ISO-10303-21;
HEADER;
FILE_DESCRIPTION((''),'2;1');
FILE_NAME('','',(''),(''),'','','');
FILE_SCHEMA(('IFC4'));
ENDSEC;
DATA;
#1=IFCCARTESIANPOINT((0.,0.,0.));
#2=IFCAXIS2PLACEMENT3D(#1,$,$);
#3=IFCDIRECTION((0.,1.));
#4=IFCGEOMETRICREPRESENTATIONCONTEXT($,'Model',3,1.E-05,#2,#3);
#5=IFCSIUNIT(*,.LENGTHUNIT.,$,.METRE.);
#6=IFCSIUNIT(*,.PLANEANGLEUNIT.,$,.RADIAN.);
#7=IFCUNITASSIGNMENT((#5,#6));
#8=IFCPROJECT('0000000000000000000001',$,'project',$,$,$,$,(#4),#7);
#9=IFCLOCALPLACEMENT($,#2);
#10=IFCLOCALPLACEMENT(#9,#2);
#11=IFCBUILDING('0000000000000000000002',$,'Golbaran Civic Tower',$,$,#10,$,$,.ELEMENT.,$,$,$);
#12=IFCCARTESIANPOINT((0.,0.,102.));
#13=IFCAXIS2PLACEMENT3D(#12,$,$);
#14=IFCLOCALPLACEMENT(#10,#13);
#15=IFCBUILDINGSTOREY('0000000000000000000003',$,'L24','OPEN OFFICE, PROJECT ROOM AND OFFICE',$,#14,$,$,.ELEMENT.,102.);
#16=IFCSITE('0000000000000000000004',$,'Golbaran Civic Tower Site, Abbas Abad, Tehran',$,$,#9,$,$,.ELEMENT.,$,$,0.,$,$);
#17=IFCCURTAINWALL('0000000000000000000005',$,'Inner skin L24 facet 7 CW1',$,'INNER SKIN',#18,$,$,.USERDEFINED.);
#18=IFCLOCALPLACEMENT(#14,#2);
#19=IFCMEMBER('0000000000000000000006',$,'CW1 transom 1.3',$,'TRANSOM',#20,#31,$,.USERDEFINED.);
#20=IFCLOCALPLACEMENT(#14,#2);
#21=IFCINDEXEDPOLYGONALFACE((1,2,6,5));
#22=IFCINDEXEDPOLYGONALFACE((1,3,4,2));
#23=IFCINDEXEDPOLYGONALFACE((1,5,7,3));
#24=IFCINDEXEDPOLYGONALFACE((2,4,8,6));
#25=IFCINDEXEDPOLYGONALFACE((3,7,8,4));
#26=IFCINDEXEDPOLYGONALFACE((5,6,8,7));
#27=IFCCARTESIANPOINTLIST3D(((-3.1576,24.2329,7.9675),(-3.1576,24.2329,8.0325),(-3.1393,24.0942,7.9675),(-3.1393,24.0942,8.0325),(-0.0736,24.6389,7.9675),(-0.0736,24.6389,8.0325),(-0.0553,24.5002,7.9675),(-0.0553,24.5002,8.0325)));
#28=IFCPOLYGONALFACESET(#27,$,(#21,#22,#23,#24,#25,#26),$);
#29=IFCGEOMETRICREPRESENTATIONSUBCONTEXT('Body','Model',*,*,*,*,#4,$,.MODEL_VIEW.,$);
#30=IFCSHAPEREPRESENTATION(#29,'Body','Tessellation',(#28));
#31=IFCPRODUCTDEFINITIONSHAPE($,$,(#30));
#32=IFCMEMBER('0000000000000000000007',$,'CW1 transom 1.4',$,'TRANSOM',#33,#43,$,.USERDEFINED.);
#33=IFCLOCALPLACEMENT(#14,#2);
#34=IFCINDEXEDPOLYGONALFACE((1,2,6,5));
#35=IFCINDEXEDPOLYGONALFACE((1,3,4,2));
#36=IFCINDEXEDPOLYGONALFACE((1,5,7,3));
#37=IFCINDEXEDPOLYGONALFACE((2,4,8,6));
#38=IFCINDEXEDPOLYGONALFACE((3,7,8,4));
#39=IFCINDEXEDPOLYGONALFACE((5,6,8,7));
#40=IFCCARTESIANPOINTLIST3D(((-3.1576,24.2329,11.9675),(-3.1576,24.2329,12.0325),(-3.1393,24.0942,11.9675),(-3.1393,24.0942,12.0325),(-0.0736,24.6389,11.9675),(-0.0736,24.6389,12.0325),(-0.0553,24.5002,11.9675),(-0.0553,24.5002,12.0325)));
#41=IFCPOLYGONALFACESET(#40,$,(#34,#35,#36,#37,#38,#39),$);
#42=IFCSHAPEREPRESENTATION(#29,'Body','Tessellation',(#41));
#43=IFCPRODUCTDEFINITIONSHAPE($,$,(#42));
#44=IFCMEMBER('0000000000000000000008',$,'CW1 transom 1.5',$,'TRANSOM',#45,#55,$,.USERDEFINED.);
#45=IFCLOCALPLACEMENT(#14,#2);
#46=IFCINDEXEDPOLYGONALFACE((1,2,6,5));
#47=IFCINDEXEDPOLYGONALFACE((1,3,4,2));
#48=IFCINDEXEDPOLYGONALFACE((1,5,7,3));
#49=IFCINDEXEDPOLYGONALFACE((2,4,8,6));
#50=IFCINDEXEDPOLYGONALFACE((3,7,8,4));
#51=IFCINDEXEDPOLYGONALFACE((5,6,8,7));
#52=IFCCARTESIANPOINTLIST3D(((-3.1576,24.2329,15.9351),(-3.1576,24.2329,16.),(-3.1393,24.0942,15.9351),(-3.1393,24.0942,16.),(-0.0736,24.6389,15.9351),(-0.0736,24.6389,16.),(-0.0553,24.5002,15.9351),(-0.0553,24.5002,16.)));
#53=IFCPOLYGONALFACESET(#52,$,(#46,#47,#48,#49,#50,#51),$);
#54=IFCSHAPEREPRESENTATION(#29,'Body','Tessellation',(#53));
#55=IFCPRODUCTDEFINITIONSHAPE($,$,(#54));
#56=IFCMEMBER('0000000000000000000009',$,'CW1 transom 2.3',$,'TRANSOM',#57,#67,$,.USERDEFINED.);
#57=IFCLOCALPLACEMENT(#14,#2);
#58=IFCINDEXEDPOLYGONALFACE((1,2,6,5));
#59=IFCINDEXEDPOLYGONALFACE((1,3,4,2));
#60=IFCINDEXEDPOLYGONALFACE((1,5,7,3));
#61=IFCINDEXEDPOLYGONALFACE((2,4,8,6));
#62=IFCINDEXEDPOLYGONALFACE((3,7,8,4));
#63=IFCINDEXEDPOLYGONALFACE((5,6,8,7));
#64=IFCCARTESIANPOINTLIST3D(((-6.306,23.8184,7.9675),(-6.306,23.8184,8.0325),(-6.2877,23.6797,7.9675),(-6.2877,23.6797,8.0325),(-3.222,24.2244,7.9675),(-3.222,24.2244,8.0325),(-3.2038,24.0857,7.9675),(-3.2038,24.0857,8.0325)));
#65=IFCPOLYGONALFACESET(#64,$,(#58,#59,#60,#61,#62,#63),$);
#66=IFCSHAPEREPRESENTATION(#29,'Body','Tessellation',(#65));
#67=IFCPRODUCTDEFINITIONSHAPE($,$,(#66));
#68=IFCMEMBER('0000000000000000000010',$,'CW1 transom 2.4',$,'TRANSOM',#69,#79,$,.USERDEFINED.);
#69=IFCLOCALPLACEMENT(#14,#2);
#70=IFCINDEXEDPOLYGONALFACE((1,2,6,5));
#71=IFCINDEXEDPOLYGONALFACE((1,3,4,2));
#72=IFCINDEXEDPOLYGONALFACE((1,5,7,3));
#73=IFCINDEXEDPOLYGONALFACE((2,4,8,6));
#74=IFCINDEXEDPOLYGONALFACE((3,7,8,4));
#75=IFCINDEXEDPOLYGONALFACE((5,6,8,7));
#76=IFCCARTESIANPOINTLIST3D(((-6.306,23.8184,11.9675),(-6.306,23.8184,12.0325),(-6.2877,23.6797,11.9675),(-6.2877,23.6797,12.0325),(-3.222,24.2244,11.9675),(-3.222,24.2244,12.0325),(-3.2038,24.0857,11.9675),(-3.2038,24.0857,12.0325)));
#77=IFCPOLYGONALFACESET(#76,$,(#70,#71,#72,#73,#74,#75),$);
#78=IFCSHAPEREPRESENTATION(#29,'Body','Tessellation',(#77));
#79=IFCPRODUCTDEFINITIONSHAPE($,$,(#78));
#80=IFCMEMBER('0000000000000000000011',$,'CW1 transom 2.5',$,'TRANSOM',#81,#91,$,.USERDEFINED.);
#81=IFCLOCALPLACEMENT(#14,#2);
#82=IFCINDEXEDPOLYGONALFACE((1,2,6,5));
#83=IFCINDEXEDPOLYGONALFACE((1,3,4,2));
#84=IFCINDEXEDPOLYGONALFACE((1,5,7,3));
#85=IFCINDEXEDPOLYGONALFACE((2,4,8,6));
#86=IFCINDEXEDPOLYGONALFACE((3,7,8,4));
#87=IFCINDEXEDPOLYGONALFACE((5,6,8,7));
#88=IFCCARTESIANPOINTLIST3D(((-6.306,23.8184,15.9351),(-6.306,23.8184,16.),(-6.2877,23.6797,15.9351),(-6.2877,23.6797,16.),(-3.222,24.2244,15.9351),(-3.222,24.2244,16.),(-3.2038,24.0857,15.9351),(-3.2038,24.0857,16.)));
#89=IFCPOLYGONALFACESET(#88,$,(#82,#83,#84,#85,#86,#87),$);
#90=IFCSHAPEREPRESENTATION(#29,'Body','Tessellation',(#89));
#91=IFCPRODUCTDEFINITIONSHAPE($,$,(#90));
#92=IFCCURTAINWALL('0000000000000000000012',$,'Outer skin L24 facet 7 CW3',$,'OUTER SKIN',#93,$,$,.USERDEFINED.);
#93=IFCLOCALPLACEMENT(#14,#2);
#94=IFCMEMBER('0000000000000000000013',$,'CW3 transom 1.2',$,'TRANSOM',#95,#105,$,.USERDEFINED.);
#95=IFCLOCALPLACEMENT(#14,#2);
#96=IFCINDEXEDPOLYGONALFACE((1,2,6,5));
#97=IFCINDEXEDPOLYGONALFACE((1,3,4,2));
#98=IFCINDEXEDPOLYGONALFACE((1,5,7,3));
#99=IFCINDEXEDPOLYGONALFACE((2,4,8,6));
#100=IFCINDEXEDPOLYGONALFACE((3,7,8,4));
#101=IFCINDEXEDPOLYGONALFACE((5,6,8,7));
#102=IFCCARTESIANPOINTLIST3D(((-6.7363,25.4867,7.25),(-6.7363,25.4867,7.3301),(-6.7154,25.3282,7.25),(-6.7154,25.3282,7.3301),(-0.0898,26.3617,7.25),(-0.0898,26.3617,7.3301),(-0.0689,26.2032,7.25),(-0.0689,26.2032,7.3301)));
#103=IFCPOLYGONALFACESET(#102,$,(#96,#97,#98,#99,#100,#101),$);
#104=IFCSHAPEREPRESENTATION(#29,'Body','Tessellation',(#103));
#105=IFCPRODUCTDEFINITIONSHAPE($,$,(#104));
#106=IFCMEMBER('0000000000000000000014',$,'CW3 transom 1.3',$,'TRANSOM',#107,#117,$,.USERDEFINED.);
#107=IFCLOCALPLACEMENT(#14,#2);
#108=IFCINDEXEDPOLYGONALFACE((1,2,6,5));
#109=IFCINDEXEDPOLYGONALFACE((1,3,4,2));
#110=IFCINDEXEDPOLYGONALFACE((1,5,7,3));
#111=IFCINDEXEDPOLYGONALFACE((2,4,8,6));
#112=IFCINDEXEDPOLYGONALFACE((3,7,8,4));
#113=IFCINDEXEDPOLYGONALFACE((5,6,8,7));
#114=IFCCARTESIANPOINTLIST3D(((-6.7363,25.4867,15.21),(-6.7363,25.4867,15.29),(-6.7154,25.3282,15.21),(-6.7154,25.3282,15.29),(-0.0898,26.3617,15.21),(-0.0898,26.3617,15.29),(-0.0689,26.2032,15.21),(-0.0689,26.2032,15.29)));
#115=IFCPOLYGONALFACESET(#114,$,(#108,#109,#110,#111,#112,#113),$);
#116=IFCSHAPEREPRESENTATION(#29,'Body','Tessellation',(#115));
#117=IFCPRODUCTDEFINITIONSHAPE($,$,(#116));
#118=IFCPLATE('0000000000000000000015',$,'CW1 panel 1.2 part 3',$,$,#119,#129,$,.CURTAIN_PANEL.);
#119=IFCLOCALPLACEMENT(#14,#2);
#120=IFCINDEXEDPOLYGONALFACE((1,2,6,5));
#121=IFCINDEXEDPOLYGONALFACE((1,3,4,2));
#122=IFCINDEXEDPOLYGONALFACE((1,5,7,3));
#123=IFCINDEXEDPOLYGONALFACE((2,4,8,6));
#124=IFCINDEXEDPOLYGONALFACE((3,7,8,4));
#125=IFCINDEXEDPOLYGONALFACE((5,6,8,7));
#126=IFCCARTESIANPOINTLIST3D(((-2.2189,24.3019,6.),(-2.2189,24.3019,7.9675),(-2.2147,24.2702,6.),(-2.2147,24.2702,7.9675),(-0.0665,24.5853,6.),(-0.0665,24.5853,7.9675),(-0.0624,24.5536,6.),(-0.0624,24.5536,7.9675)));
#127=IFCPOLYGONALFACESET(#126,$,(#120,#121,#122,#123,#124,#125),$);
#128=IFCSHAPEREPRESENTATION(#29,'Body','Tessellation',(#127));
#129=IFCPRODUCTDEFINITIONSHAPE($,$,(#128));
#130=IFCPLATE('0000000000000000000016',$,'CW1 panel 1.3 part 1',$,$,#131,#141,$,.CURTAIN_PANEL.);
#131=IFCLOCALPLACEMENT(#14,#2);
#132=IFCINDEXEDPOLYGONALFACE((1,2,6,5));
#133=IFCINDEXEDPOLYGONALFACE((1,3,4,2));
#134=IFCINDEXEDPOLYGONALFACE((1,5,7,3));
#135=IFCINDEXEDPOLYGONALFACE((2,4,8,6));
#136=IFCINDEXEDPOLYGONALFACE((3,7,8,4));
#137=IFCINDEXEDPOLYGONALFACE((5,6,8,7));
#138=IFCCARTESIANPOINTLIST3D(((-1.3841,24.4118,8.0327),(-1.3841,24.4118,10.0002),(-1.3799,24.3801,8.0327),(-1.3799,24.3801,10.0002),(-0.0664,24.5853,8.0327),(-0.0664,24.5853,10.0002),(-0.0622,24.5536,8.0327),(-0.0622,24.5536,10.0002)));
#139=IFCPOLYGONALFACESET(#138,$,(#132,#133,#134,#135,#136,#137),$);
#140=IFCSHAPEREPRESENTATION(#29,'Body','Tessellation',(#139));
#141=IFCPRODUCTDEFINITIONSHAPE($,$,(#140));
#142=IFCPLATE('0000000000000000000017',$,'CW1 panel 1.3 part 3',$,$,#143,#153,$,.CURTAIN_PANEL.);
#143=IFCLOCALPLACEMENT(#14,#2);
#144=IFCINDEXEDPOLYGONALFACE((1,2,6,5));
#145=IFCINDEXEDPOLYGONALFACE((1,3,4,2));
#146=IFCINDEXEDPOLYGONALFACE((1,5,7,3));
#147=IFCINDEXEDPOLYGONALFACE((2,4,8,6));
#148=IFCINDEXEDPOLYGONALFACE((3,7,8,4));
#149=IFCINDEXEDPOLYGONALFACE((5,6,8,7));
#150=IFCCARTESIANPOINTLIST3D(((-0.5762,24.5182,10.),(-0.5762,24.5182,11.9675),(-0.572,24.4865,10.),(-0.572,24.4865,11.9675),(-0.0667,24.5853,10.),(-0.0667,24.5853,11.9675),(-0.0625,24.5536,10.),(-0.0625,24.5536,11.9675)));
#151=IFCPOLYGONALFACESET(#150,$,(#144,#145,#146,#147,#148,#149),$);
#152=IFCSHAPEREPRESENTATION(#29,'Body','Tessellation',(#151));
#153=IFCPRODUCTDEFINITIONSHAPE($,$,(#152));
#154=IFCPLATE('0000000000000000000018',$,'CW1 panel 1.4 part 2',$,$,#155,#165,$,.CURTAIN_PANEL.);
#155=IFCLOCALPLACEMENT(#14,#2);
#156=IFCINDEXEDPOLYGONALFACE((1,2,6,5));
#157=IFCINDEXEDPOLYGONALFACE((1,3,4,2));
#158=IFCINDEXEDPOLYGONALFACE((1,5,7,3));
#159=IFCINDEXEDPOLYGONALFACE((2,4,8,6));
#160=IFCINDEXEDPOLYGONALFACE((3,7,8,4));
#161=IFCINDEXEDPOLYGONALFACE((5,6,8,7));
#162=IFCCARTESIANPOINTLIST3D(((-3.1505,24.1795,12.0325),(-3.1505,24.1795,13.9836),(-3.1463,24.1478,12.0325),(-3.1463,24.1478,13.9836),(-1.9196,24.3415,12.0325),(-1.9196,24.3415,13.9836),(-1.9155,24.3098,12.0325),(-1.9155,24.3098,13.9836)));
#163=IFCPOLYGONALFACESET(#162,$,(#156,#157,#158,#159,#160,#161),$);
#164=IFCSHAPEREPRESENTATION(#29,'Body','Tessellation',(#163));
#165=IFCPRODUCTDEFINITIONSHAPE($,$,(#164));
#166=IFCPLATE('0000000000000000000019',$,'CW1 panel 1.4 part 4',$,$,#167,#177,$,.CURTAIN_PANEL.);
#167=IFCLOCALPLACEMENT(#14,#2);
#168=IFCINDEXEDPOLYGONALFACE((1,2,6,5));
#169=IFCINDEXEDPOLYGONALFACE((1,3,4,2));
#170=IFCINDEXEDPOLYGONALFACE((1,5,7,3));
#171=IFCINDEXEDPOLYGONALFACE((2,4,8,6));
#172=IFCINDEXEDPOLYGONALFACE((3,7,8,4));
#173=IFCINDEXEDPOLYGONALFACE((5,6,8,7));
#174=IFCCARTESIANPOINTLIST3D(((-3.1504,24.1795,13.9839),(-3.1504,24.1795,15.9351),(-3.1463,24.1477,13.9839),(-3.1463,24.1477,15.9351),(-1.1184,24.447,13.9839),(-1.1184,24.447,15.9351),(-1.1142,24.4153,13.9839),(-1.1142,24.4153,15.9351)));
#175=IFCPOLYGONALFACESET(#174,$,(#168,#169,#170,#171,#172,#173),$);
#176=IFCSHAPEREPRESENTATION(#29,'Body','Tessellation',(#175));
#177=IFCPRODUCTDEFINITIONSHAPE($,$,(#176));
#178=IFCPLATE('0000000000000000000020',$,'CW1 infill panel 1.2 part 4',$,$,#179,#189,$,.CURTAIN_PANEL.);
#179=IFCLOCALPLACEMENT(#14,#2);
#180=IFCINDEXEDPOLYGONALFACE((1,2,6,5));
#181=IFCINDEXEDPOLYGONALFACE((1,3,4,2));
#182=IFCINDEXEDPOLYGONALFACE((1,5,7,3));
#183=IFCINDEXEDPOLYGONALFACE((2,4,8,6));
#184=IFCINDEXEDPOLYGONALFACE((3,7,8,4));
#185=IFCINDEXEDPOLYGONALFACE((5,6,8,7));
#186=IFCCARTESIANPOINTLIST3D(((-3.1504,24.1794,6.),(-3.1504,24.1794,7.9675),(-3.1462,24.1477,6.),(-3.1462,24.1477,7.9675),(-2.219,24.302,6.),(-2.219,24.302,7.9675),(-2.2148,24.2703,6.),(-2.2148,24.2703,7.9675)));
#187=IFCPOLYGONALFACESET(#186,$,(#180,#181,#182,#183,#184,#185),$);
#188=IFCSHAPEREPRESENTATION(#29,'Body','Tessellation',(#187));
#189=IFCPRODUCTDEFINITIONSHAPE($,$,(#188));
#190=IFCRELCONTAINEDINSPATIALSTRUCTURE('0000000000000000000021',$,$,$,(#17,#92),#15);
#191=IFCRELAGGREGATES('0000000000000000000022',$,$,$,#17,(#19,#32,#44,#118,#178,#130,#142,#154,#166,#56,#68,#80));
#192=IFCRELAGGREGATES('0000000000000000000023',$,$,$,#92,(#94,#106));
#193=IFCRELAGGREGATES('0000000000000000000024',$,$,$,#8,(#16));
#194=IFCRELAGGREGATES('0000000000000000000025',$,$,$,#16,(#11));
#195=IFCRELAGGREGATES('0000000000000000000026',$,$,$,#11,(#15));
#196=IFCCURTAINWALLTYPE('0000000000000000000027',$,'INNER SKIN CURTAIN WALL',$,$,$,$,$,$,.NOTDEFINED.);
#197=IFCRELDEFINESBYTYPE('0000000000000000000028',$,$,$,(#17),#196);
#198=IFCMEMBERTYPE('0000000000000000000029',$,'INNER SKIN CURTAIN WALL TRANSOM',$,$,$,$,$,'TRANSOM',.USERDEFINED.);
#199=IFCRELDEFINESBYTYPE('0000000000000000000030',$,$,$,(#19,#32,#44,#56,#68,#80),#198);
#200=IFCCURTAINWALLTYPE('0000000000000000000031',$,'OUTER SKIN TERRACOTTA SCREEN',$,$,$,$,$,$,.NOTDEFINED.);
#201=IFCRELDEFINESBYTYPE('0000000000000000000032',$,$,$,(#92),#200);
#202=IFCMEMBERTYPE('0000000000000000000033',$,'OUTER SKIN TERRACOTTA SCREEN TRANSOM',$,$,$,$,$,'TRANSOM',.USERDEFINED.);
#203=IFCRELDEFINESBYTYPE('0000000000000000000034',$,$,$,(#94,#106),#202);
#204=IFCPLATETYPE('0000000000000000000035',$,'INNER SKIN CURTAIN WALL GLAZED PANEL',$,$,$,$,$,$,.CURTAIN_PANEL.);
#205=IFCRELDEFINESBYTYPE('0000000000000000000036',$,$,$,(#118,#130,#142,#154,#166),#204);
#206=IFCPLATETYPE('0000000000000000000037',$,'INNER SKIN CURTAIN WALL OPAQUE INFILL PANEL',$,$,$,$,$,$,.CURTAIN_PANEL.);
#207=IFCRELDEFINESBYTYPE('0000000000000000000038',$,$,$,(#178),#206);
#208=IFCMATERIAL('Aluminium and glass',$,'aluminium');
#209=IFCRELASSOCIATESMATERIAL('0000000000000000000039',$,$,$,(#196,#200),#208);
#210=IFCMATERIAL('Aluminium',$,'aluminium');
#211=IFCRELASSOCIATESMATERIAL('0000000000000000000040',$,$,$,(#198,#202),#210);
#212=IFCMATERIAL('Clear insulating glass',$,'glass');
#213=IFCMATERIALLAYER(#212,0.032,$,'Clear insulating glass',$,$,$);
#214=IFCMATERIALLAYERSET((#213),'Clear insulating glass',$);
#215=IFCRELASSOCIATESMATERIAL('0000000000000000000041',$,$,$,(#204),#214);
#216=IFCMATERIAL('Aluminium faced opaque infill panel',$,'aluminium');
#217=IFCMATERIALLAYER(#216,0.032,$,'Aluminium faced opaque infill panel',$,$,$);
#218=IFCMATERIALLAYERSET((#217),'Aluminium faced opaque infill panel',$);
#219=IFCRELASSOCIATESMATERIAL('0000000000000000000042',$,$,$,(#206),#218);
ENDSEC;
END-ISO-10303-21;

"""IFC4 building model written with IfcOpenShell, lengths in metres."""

from ifc_helpers import new_model, si_unit, direction, frame, origin, origin_2d, place, context, subcontext, project, spatial, rectangle, extrude, material, layer, layer_set, material_profile, profile_set, type_object, element, aggregate, save


model = new_model("IFC4")

# Units and contexts
model_context = context("Model", 3, precision=1e-05, world=origin(), true_north=direction((0.0, 1.0)))
body_context = subcontext(model_context, "Body", "Model", "MODEL_VIEW")
ifc_project = project(units=[si_unit("LENGTHUNIT", "METRE"), si_unit("PLANEANGLEUNIT", "RADIAN")], contexts=[model_context])

# Site, building, storey
site_placement = place(None, origin())
site = spatial("IfcSite", under=ifc_project, at=site_placement, Name="Golbaran Civic Tower Site, Abbas Abad, Tehran", CompositionType="ELEMENT", RefElevation=0.0)
building_placement = place(site_placement, origin())
building = spatial("IfcBuilding", under=site, at=building_placement, Name="Golbaran Civic Tower", CompositionType="ELEMENT")
storey_placement = place(building_placement, frame((0.0, 0.0, 102.0)))
storey = spatial("IfcBuildingStorey", under=building, at=storey_placement, Name="L24", Description="OPEN OFFICE, PROJECT ROOM AND OFFICE", CompositionType="ELEMENT", Elevation=102.0)

# Curtain walls, members
ifc_material_1 = material(Name="Aluminium and glass", Category="aluminium")
curtain_wall_type_1 = type_object("IfcCurtainWallType", Name="INNER SKIN CURTAIN WALL", PredefinedType="NOTDEFINED", material=ifc_material_1)
curtain_wall_1_placement = place(storey_placement, origin())
curtain_wall_1 = element("IfcCurtainWall", 1, at=curtain_wall_1_placement, inside=storey, type_object=curtain_wall_type_1, Name="Inner skin L24 facet 7 CW1", ObjectType="INNER SKIN", PredefinedType="USERDEFINED")
ifc_material_2 = material(Name="Aluminium", Category="aluminium")
ifc_material_profile_1 = material_profile(ifc_material_2, rectangle(XDim=0.1399, YDim=0.0649, at=origin_2d()), Name="INNER SKIN CURTAIN WALL TRANSOM")
ifc_profile_set_1 = profile_set([ifc_material_profile_1], Name="Aluminium")
member_type_1 = type_object("IfcMemberType", Name="INNER SKIN CURTAIN WALL TRANSOM", ElementType="TRANSOM", PredefinedType="USERDEFINED", material=ifc_profile_set_1)
member_1_placement = place(storey_placement, frame((-0.0645, 24.5696, 8.0), z_axis=(-0.991445, -0.130524, 0.0), x_axis=(0.130524, -0.991445, 0.0)))
member_1 = element("IfcMember", 2, at=member_1_placement, type_object=member_type_1, Name="CW1 transom 1.3", ObjectType="TRANSOM", PredefinedType="USERDEFINED", context=body_context, shape_type="SweptSolid", body=[
    extrude(rectangle(XDim=0.1399, YDim=0.0649, at=origin_2d()), origin(), (0.0, 0.0, 1.0), 3.1106),
])
member_2_placement = place(storey_placement, frame((-0.0645, 24.5696, 12.0), z_axis=(-0.991445, -0.130524, 0.0), x_axis=(0.130524, -0.991445, 0.0)))
member_2 = element("IfcMember", 3, at=member_2_placement, type_object=member_type_1, Name="CW1 transom 1.4", ObjectType="TRANSOM", PredefinedType="USERDEFINED", context=body_context, shape_type="SweptSolid", body=[
    extrude(rectangle(XDim=0.1399, YDim=0.0649, at=origin_2d()), origin(), (0.0, 0.0, 1.0), 3.1106),
])
member_3_placement = place(storey_placement, frame((-0.0645, 24.5696, 15.9675), z_axis=(-0.991445, -0.130524, 0.0), x_axis=(0.130524, -0.991445, 0.0)))
member_3 = element("IfcMember", 4, at=member_3_placement, type_object=member_type_1, Name="CW1 transom 1.5", ObjectType="TRANSOM", PredefinedType="USERDEFINED", context=body_context, shape_type="SweptSolid", body=[
    extrude(rectangle(XDim=0.1399, YDim=0.0649, at=origin_2d()), origin(), (0.0, 0.0, 1.0), 3.1106),
])
member_4_placement = place(storey_placement, frame((-3.2129, 24.155, 8.0), z_axis=(-0.991445, -0.130524, 0.0), x_axis=(0.130524, -0.991445, 0.0)))
member_4 = element("IfcMember", 5, at=member_4_placement, type_object=member_type_1, Name="CW1 transom 2.3", ObjectType="TRANSOM", PredefinedType="USERDEFINED", context=body_context, shape_type="SweptSolid", body=[
    extrude(rectangle(XDim=0.1399, YDim=0.0649, at=origin_2d()), origin(), (0.0, 0.0, 1.0), 3.1106),
])
member_5_placement = place(storey_placement, frame((-3.2129, 24.155, 12.0), z_axis=(-0.991445, -0.130524, 0.0), x_axis=(0.130524, -0.991445, 0.0)))
member_5 = element("IfcMember", 6, at=member_5_placement, type_object=member_type_1, Name="CW1 transom 2.4", ObjectType="TRANSOM", PredefinedType="USERDEFINED", context=body_context, shape_type="SweptSolid", body=[
    extrude(rectangle(XDim=0.1399, YDim=0.0649, at=origin_2d()), origin(), (0.0, 0.0, 1.0), 3.1106),
])
member_6_placement = place(storey_placement, frame((-3.2129, 24.155, 15.9675), z_axis=(-0.991445, -0.130524, 0.0), x_axis=(0.130524, -0.991445, 0.0)))
member_6 = element("IfcMember", 7, at=member_6_placement, type_object=member_type_1, Name="CW1 transom 2.5", ObjectType="TRANSOM", PredefinedType="USERDEFINED", context=body_context, shape_type="SweptSolid", body=[
    extrude(rectangle(XDim=0.1399, YDim=0.0649, at=origin_2d()), origin(), (0.0, 0.0, 1.0), 3.1106),
])
curtain_wall_type_2 = type_object("IfcCurtainWallType", Name="OUTER SKIN TERRACOTTA SCREEN", PredefinedType="NOTDEFINED", material=ifc_material_1)
curtain_wall_2_placement = place(storey_placement, origin())
curtain_wall_2 = element("IfcCurtainWall", 8, at=curtain_wall_2_placement, inside=storey, type_object=curtain_wall_type_2, Name="Outer skin L24 facet 7 CW3", ObjectType="OUTER SKIN", PredefinedType="USERDEFINED")
ifc_material_profile_2 = material_profile(ifc_material_2, rectangle(XDim=0.1599, YDim=0.0801, at=origin_2d()), Name="OUTER SKIN TERRACOTTA SCREEN TRANSOM")
ifc_profile_set_2 = profile_set([ifc_material_profile_2], Name="Aluminium")
member_type_2 = type_object("IfcMemberType", Name="OUTER SKIN TERRACOTTA SCREEN TRANSOM", ElementType="TRANSOM", PredefinedType="USERDEFINED", material=ifc_profile_set_2)
member_7_placement = place(storey_placement, frame((-0.0793, 26.2825, 7.29), z_axis=(-0.991445, -0.130522, 0.0), x_axis=(0.130522, -0.991445, 0.0)))
member_7 = element("IfcMember", 9, at=member_7_placement, type_object=member_type_2, Name="CW3 transom 1.2", ObjectType="TRANSOM", PredefinedType="USERDEFINED", context=body_context, shape_type="SweptSolid", body=[
    extrude(rectangle(XDim=0.1599, YDim=0.0801, at=origin_2d()), origin(), (0.0, 0.0, 1.0), 6.7039),
])
member_8_placement = place(storey_placement, frame((-0.0793, 26.2825, 15.25), z_axis=(-0.991445, -0.130522, 0.0), x_axis=(0.130522, -0.991445, 0.0)))
member_8 = element("IfcMember", 10, at=member_8_placement, type_object=member_type_2, Name="CW3 transom 1.3", ObjectType="TRANSOM", PredefinedType="USERDEFINED", context=body_context, shape_type="SweptSolid", body=[
    extrude(rectangle(XDim=0.1599, YDim=0.0801, at=origin_2d()), origin(), (0.0, 0.0, 1.0), 6.7039),
])

# Plates
ifc_material_3 = material(Name="Clear insulating glass", Category="glass")
ifc_layer_1 = layer(ifc_material_3, 0.032, Name="Clear insulating glass")
ifc_layer_set_1 = layer_set([ifc_layer_1], Name="Clear insulating glass")
plate_type_1 = type_object("IfcPlateType", Name="INNER SKIN CURTAIN WALL GLAZED PANEL", PredefinedType="CURTAIN_PANEL", material=ifc_layer_set_1)
plate_1_placement = place(storey_placement, frame((-1.1406, 24.4277, 6.0), z_axis=(0.0, 0.0, 1.0), x_axis=(-0.991445, -0.130526, 0.0)))
plate_1 = element("IfcPlate", 11, at=plate_1_placement, type_object=plate_type_1, Name="CW1 panel 1.2 part 3", PredefinedType="CURTAIN_PANEL", context=body_context, shape_type="SweptSolid", body=[
    extrude(rectangle(XDim=2.1709, YDim=0.032, at=origin_2d()), origin(), (0.0, 0.0, 1.0), 1.9675),
])
plate_2_placement = place(storey_placement, frame((-0.7231, 24.4827, 8.0327), z_axis=(0.0, 0.0, 1.0), x_axis=(-0.991445, -0.130526, 0.0)))
plate_2 = element("IfcPlate", 12, at=plate_2_placement, type_object=plate_type_1, Name="CW1 panel 1.3 part 1", PredefinedType="CURTAIN_PANEL", context=body_context, shape_type="SweptSolid", body=[
    extrude(rectangle(XDim=1.3291, YDim=0.032, at=origin_2d()), origin(), (0.0, 0.0, 1.0), 1.9675),
])
plate_3_placement = place(storey_placement, frame((-0.3193, 24.5359, 10.0), z_axis=(0.0, 0.0, 1.0), x_axis=(-0.991445, -0.130526, 0.0)))
plate_3 = element("IfcPlate", 13, at=plate_3_placement, type_object=plate_type_1, Name="CW1 panel 1.3 part 3", PredefinedType="CURTAIN_PANEL", context=body_context, shape_type="SweptSolid", body=[
    extrude(rectangle(XDim=0.5139, YDim=0.032, at=origin_2d()), origin(), (0.0, 0.0, 1.0), 1.9675),
])
plate_4_placement = place(storey_placement, frame((-2.533, 24.2446, 12.0325), z_axis=(0.0, 0.0, 1.0), x_axis=(-0.991445, -0.130526, 0.0)))
plate_4 = element("IfcPlate", 14, at=plate_4_placement, type_object=plate_type_1, Name="CW1 panel 1.4 part 2", PredefinedType="CURTAIN_PANEL", context=body_context, shape_type="SweptSolid", body=[
    extrude(rectangle(XDim=1.2415, YDim=0.032, at=origin_2d()), origin(), (0.0, 0.0, 1.0), 1.9512),
])
plate_5_placement = place(storey_placement, frame((-2.1323, 24.2974, 13.9839), z_axis=(0.0, 0.0, 1.0), x_axis=(-0.991445, -0.130526, 0.0)))
plate_5 = element("IfcPlate", 15, at=plate_5_placement, type_object=plate_type_1, Name="CW1 panel 1.4 part 4", PredefinedType="CURTAIN_PANEL", context=body_context, shape_type="SweptSolid", body=[
    extrude(rectangle(XDim=2.0496, YDim=0.032, at=origin_2d()), origin(), (0.0, 0.0, 1.0), 1.9512),
])
ifc_material_4 = material(Name="Aluminium faced opaque infill panel", Category="aluminium")
ifc_layer_2 = layer(ifc_material_4, 0.032, Name="Aluminium faced opaque infill panel")
ifc_layer_set_2 = layer_set([ifc_layer_2], Name="Aluminium faced opaque infill panel")
plate_type_2 = type_object("IfcPlateType", Name="INNER SKIN CURTAIN WALL OPAQUE INFILL PANEL", PredefinedType="CURTAIN_PANEL", material=ifc_layer_set_2)
plate_6_placement = place(storey_placement, frame((-2.6826, 24.2249, 6.0), z_axis=(0.0, 0.0, 1.0), x_axis=(-0.991445, -0.130526, 0.0)))
plate_6 = element("IfcPlate", 16, at=plate_6_placement, type_object=plate_type_2, Name="CW1 infill panel 1.2 part 4", PredefinedType="CURTAIN_PANEL", context=body_context, shape_type="SweptSolid", body=[
    extrude(rectangle(XDim=0.9395, YDim=0.032, at=origin_2d()), origin(), (0.0, 0.0, 1.0), 1.9675),
])
aggregate(curtain_wall_1, [member_1, member_2, member_3, plate_1, plate_6, plate_2, plate_3, plate_4, plate_5, member_4, member_5, member_6])
aggregate(curtain_wall_2, [member_7, member_8])

save(model, "model.ifc")
